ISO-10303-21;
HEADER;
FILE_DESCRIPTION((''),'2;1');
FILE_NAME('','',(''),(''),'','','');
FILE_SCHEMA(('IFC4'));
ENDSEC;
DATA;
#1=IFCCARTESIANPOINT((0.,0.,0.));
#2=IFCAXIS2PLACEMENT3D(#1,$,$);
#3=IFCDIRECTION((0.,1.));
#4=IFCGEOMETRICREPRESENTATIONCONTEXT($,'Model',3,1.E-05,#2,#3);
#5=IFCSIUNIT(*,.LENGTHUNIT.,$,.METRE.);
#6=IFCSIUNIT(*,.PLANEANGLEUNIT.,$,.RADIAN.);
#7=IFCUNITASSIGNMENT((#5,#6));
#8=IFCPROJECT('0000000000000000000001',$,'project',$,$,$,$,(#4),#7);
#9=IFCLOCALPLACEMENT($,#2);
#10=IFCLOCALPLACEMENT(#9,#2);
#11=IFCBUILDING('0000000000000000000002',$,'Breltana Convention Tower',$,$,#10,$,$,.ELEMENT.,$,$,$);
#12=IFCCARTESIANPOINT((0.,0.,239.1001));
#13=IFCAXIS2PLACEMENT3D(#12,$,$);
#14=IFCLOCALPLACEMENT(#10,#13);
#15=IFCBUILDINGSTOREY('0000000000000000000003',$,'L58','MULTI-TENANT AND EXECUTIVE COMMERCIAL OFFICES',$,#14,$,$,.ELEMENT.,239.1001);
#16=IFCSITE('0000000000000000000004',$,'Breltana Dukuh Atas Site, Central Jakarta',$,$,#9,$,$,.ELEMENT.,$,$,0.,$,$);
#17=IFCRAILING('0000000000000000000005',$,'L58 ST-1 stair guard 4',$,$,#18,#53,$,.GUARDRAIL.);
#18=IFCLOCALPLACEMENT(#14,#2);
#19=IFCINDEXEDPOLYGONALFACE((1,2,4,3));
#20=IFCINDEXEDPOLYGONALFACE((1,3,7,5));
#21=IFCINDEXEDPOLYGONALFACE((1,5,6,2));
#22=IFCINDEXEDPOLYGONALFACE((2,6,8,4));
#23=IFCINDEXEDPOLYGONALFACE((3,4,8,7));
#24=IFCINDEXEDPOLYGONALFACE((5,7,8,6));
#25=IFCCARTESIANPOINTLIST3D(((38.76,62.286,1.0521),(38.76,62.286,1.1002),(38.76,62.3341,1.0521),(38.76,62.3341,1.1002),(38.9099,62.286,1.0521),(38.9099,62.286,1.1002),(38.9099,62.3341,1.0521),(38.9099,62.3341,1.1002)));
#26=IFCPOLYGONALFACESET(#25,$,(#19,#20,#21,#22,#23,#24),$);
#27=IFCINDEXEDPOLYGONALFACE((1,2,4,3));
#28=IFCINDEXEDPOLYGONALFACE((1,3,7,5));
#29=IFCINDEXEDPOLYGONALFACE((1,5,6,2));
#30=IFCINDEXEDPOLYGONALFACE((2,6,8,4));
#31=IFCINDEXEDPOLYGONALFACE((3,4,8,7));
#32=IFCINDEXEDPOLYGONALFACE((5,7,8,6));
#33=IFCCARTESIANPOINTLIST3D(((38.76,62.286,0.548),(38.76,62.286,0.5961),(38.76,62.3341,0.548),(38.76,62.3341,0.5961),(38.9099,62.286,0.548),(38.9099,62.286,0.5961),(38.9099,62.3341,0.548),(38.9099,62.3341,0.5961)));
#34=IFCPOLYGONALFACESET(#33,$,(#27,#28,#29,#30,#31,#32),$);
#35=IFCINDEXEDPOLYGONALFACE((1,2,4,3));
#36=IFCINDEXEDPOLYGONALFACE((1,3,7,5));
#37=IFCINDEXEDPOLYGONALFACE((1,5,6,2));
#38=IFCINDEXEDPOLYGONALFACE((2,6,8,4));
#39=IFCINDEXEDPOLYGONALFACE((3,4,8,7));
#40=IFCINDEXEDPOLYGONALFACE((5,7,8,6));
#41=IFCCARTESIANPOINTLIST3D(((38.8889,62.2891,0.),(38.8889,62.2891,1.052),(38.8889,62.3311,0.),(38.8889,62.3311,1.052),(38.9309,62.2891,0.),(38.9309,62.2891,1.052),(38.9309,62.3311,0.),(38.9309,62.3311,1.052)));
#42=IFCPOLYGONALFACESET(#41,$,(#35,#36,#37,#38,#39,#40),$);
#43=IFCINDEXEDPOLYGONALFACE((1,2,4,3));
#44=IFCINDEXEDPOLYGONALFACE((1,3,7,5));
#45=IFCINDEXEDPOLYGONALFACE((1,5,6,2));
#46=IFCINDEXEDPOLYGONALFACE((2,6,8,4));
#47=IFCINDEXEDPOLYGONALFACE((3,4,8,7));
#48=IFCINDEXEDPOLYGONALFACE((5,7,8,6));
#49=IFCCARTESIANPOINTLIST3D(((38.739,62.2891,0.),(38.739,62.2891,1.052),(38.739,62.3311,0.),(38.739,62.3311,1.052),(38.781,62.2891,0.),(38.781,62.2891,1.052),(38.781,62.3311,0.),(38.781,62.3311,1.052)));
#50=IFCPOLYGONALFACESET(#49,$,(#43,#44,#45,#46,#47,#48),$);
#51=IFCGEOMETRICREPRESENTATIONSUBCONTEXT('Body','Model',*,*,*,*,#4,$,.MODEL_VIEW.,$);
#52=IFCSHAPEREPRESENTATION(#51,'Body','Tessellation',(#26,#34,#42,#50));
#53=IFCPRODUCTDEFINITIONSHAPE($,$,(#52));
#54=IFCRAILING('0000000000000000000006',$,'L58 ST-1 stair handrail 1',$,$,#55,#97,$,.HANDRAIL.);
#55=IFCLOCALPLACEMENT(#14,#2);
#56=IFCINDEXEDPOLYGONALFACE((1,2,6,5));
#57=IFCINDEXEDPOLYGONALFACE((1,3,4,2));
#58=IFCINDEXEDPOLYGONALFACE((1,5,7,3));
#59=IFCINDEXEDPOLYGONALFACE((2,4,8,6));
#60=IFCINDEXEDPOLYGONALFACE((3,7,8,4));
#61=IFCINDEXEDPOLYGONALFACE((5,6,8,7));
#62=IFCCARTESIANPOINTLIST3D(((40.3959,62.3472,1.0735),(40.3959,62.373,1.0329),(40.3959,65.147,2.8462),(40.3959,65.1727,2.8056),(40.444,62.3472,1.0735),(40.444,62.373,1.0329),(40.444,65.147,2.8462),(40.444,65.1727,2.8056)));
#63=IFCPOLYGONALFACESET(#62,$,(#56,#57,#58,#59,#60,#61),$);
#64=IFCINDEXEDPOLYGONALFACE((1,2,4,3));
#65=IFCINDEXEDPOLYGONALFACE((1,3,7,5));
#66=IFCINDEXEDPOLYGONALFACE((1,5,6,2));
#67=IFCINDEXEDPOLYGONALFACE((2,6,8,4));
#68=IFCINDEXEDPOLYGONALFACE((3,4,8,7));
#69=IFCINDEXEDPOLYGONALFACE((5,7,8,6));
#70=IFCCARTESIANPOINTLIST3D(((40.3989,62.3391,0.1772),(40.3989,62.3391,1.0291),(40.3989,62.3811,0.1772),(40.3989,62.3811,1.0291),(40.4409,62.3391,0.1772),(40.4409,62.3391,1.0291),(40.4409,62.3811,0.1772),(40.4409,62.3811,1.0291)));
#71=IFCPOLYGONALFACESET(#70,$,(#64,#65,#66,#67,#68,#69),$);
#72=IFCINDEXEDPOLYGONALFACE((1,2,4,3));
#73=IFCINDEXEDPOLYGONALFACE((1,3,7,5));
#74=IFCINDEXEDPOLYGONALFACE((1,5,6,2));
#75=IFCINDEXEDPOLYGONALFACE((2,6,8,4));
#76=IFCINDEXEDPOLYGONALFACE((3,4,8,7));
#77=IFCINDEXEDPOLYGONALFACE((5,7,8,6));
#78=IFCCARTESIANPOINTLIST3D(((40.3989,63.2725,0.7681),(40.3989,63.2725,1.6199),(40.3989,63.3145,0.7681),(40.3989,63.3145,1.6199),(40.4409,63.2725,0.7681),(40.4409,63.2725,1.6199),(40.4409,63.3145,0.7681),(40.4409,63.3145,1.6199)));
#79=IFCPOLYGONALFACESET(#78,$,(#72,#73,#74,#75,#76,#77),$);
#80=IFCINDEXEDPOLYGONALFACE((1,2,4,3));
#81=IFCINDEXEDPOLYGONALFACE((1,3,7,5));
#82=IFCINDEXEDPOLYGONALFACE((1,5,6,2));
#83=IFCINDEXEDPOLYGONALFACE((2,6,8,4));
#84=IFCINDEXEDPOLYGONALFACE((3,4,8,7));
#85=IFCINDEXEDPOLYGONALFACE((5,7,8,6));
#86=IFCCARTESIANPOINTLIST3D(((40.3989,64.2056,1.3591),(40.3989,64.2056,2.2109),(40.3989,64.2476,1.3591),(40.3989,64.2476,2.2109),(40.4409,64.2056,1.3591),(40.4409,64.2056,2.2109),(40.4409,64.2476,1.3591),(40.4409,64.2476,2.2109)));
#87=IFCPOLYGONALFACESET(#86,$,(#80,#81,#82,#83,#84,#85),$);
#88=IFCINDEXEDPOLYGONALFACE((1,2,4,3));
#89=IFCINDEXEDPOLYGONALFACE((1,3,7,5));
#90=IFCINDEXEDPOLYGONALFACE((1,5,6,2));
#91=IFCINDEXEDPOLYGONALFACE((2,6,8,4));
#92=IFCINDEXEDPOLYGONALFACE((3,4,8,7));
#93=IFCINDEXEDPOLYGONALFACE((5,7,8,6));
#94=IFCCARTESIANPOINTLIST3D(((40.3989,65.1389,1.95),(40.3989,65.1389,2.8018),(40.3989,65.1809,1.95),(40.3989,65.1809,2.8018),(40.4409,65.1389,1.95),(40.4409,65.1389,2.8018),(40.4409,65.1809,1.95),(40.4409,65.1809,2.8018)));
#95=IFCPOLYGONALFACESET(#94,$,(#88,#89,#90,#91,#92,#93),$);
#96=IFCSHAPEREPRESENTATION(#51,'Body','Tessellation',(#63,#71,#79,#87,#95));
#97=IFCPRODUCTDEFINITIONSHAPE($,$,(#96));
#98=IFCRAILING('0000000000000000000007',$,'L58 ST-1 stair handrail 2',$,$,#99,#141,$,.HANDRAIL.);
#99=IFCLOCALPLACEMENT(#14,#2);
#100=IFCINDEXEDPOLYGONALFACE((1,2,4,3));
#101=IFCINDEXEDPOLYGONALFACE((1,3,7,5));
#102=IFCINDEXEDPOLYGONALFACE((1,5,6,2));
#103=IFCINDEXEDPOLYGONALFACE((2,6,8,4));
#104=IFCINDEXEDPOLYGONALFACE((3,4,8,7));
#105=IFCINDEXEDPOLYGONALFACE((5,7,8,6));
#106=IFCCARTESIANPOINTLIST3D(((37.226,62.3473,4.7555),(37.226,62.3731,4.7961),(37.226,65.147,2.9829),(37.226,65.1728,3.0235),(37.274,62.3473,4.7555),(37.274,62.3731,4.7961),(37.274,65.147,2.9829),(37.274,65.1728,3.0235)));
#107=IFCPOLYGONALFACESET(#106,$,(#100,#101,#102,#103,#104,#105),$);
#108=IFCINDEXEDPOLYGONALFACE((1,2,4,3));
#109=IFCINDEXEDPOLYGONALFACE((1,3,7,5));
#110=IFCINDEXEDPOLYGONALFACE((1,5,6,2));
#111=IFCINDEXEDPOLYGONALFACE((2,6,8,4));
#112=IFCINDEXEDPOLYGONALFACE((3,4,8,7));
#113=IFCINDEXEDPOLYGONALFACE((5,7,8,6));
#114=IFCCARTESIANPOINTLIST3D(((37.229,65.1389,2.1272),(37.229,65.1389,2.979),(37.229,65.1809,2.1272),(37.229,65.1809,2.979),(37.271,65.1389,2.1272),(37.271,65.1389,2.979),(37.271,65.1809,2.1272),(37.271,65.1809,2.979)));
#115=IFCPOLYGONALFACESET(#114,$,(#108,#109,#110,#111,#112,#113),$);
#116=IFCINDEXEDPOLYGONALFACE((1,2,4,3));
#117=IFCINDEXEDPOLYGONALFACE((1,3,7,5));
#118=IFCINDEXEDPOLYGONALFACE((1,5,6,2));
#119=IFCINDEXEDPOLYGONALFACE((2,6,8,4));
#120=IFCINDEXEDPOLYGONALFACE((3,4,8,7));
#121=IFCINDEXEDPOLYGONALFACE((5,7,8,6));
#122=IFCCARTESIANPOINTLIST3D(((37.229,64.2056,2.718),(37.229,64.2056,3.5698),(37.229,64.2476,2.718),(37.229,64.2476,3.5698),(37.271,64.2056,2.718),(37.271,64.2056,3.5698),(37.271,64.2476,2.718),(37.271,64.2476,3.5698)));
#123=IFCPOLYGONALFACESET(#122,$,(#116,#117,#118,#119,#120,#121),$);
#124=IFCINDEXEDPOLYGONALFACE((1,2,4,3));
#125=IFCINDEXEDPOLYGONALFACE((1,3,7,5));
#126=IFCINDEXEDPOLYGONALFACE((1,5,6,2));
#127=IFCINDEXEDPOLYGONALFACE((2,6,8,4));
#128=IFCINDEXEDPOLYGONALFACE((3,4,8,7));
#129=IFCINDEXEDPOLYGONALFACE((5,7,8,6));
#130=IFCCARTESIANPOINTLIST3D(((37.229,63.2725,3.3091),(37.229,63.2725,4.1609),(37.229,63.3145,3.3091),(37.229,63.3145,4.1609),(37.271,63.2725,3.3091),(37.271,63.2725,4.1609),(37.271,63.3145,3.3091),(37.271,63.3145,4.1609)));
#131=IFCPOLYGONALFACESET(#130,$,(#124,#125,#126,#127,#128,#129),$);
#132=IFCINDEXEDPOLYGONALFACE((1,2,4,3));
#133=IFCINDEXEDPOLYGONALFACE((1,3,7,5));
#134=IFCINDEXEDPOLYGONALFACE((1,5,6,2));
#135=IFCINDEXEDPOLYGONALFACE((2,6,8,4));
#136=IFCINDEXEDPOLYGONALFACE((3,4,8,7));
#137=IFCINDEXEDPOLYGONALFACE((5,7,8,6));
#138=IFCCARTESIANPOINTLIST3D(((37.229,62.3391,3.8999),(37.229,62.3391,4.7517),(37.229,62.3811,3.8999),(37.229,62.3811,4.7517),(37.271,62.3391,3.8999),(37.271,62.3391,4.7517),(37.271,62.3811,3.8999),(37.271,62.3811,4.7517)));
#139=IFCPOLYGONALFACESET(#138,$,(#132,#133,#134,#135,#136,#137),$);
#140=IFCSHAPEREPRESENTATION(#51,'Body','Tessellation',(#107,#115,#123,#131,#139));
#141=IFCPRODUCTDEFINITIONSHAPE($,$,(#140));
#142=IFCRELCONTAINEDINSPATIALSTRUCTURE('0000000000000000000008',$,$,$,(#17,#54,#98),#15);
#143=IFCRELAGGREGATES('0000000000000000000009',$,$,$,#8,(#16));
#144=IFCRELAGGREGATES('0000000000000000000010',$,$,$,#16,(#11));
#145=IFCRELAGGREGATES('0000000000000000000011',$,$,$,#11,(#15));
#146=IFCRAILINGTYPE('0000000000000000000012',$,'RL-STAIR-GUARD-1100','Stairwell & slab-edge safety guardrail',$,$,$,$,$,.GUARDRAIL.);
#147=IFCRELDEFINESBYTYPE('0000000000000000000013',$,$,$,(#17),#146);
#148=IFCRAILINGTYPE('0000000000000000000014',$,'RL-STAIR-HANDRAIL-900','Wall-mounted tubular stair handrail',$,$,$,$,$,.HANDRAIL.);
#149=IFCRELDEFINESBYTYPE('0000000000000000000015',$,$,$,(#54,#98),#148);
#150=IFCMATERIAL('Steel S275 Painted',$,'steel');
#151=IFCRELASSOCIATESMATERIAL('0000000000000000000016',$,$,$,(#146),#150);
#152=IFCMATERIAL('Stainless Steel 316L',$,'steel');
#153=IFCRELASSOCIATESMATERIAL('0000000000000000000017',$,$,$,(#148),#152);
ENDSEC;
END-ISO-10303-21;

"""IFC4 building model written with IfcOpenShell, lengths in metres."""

from ifc_helpers import new_model, si_unit, direction, frame, origin, origin_2d, place, context, subcontext, project, spatial, rectangle, extrude, material, type_object, element, save


model = new_model("IFC4")

# Units and contexts
model_context = context("Model", 3, precision=1e-05, world=origin(), true_north=direction((0.0, 1.0)))
body_context = subcontext(model_context, "Body", "Model", "MODEL_VIEW")
ifc_project = project(units=[si_unit("LENGTHUNIT", "METRE"), si_unit("PLANEANGLEUNIT", "RADIAN")], contexts=[model_context])

# Site, building, storey
site_placement = place(None, origin())
site = spatial("IfcSite", under=ifc_project, at=site_placement, Name="Breltana Dukuh Atas Site, Central Jakarta", CompositionType="ELEMENT", RefElevation=0.0)
building_placement = place(site_placement, origin())
building = spatial("IfcBuilding", under=site, at=building_placement, Name="Breltana Convention Tower", CompositionType="ELEMENT")
storey_placement = place(building_placement, frame((0.0, 0.0, 239.1001)))
storey = spatial("IfcBuildingStorey", under=building, at=storey_placement, Name="L58", Description="MULTI-TENANT AND EXECUTIVE COMMERCIAL OFFICES", CompositionType="ELEMENT", Elevation=239.1001)

# Railings
ifc_material_1 = material(Name="Steel S275 Painted", Category="steel")
railing_type_1 = type_object("IfcRailingType", Name="RL-STAIR-GUARD-1100", Description="Stairwell & slab-edge safety guardrail", PredefinedType="GUARDRAIL", material=ifc_material_1)
railing_1_placement = place(storey_placement, frame((38.9099, 62.3101, 0.0)))
element("IfcRailing", 1, at=railing_1_placement, inside=storey, type_object=railing_type_1, Name="L58 ST-1 stair guard 4", PredefinedType="GUARDRAIL", context=body_context, shape_type="SweptSolid", body=[
    extrude(rectangle(XDim=0.0481, YDim=0.0481, at=origin_2d()), frame((0.0, 0.0, 1.0762), z_axis=(-1.0, 0.0, 0.0), x_axis=(0.0, -1.0, 0.0)), (0.0, 0.0, 1.0), 0.1499),
    extrude(rectangle(XDim=0.0481, YDim=0.0481, at=origin_2d()), frame((0.0, 0.0, 0.572), z_axis=(-1.0, 0.0, 0.0), x_axis=(0.0, -1.0, 0.0)), (0.0, 0.0, 1.0), 0.1499),
    extrude(rectangle(XDim=0.042, YDim=0.042, at=origin_2d()), origin(), (0.0, 0.0, 1.0), 1.052),
    extrude(rectangle(XDim=0.042, YDim=0.042, at=origin_2d()), frame((-0.1499, 0.0, 0.0)), (0.0, 0.0, 1.0), 1.052),
])
ifc_material_2 = material(Name="Stainless Steel 316L", Category="steel")
railing_type_2 = type_object("IfcRailingType", Name="RL-STAIR-HANDRAIL-900", Description="Wall-mounted tubular stair handrail", PredefinedType="HANDRAIL", material=ifc_material_2)
railing_2_placement = place(storey_placement, frame((40.4199, 62.3601, 0.1772)))
element("IfcRailing", 2, at=railing_2_placement, inside=storey, type_object=railing_type_2, Name="L58 ST-1 stair handrail 1", PredefinedType="HANDRAIL", context=body_context, shape_type="SweptSolid", body=[
    extrude(rectangle(XDim=0.0481, YDim=0.0481, at=origin_2d()), frame((0.0, 0.0, 0.876), z_axis=(0.0, 0.844888, 0.534943), x_axis=(-1.0, 0.0, 0.0)), (0.0, 0.0, 1.0), 3.3137),
    extrude(rectangle(XDim=0.042, YDim=0.042, at=origin_2d()), origin(), (0.0, 0.0, 1.0), 0.8518),
    extrude(rectangle(XDim=0.042, YDim=0.042, at=origin_2d()), frame((0.0, 0.9333, 0.5908)), (0.0, 0.0, 1.0), 0.8518),
    extrude(rectangle(XDim=0.042, YDim=0.042, at=origin_2d()), frame((0.0, 1.8665, 1.1819)), (0.0, 0.0, 1.0), 0.8518),
    extrude(rectangle(XDim=0.042, YDim=0.042, at=origin_2d()), frame((0.0, 2.7998, 1.7727)), (0.0, 0.0, 1.0), 0.8518),
])
railing_3_placement = place(storey_placement, frame((37.25, 65.1599, 2.1272)))
element("IfcRailing", 3, at=railing_3_placement, inside=storey, type_object=railing_type_2, Name="L58 ST-1 stair handrail 2", PredefinedType="HANDRAIL", context=body_context, shape_type="SweptSolid", body=[
    extrude(rectangle(XDim=0.0481, YDim=0.0481, at=origin_2d()), frame((0.0, 0.0, 0.876), z_axis=(0.0, -0.844888, 0.534943), x_axis=(1.0, 0.0, 0.0)), (0.0, 0.0, 1.0), 3.3137),
    extrude(rectangle(XDim=0.042, YDim=0.042, at=origin_2d()), origin(), (0.0, 0.0, 1.0), 0.8518),
    extrude(rectangle(XDim=0.042, YDim=0.042, at=origin_2d()), frame((0.0, -0.9333, 0.5908)), (0.0, 0.0, 1.0), 0.8518),
    extrude(rectangle(XDim=0.042, YDim=0.042, at=origin_2d()), frame((0.0, -1.8665, 1.1819)), (0.0, 0.0, 1.0), 0.8518),
    extrude(rectangle(XDim=0.042, YDim=0.042, at=origin_2d()), frame((0.0, -2.7998, 1.7727)), (0.0, 0.0, 1.0), 0.8518),
])

save(model, "model.ifc")
